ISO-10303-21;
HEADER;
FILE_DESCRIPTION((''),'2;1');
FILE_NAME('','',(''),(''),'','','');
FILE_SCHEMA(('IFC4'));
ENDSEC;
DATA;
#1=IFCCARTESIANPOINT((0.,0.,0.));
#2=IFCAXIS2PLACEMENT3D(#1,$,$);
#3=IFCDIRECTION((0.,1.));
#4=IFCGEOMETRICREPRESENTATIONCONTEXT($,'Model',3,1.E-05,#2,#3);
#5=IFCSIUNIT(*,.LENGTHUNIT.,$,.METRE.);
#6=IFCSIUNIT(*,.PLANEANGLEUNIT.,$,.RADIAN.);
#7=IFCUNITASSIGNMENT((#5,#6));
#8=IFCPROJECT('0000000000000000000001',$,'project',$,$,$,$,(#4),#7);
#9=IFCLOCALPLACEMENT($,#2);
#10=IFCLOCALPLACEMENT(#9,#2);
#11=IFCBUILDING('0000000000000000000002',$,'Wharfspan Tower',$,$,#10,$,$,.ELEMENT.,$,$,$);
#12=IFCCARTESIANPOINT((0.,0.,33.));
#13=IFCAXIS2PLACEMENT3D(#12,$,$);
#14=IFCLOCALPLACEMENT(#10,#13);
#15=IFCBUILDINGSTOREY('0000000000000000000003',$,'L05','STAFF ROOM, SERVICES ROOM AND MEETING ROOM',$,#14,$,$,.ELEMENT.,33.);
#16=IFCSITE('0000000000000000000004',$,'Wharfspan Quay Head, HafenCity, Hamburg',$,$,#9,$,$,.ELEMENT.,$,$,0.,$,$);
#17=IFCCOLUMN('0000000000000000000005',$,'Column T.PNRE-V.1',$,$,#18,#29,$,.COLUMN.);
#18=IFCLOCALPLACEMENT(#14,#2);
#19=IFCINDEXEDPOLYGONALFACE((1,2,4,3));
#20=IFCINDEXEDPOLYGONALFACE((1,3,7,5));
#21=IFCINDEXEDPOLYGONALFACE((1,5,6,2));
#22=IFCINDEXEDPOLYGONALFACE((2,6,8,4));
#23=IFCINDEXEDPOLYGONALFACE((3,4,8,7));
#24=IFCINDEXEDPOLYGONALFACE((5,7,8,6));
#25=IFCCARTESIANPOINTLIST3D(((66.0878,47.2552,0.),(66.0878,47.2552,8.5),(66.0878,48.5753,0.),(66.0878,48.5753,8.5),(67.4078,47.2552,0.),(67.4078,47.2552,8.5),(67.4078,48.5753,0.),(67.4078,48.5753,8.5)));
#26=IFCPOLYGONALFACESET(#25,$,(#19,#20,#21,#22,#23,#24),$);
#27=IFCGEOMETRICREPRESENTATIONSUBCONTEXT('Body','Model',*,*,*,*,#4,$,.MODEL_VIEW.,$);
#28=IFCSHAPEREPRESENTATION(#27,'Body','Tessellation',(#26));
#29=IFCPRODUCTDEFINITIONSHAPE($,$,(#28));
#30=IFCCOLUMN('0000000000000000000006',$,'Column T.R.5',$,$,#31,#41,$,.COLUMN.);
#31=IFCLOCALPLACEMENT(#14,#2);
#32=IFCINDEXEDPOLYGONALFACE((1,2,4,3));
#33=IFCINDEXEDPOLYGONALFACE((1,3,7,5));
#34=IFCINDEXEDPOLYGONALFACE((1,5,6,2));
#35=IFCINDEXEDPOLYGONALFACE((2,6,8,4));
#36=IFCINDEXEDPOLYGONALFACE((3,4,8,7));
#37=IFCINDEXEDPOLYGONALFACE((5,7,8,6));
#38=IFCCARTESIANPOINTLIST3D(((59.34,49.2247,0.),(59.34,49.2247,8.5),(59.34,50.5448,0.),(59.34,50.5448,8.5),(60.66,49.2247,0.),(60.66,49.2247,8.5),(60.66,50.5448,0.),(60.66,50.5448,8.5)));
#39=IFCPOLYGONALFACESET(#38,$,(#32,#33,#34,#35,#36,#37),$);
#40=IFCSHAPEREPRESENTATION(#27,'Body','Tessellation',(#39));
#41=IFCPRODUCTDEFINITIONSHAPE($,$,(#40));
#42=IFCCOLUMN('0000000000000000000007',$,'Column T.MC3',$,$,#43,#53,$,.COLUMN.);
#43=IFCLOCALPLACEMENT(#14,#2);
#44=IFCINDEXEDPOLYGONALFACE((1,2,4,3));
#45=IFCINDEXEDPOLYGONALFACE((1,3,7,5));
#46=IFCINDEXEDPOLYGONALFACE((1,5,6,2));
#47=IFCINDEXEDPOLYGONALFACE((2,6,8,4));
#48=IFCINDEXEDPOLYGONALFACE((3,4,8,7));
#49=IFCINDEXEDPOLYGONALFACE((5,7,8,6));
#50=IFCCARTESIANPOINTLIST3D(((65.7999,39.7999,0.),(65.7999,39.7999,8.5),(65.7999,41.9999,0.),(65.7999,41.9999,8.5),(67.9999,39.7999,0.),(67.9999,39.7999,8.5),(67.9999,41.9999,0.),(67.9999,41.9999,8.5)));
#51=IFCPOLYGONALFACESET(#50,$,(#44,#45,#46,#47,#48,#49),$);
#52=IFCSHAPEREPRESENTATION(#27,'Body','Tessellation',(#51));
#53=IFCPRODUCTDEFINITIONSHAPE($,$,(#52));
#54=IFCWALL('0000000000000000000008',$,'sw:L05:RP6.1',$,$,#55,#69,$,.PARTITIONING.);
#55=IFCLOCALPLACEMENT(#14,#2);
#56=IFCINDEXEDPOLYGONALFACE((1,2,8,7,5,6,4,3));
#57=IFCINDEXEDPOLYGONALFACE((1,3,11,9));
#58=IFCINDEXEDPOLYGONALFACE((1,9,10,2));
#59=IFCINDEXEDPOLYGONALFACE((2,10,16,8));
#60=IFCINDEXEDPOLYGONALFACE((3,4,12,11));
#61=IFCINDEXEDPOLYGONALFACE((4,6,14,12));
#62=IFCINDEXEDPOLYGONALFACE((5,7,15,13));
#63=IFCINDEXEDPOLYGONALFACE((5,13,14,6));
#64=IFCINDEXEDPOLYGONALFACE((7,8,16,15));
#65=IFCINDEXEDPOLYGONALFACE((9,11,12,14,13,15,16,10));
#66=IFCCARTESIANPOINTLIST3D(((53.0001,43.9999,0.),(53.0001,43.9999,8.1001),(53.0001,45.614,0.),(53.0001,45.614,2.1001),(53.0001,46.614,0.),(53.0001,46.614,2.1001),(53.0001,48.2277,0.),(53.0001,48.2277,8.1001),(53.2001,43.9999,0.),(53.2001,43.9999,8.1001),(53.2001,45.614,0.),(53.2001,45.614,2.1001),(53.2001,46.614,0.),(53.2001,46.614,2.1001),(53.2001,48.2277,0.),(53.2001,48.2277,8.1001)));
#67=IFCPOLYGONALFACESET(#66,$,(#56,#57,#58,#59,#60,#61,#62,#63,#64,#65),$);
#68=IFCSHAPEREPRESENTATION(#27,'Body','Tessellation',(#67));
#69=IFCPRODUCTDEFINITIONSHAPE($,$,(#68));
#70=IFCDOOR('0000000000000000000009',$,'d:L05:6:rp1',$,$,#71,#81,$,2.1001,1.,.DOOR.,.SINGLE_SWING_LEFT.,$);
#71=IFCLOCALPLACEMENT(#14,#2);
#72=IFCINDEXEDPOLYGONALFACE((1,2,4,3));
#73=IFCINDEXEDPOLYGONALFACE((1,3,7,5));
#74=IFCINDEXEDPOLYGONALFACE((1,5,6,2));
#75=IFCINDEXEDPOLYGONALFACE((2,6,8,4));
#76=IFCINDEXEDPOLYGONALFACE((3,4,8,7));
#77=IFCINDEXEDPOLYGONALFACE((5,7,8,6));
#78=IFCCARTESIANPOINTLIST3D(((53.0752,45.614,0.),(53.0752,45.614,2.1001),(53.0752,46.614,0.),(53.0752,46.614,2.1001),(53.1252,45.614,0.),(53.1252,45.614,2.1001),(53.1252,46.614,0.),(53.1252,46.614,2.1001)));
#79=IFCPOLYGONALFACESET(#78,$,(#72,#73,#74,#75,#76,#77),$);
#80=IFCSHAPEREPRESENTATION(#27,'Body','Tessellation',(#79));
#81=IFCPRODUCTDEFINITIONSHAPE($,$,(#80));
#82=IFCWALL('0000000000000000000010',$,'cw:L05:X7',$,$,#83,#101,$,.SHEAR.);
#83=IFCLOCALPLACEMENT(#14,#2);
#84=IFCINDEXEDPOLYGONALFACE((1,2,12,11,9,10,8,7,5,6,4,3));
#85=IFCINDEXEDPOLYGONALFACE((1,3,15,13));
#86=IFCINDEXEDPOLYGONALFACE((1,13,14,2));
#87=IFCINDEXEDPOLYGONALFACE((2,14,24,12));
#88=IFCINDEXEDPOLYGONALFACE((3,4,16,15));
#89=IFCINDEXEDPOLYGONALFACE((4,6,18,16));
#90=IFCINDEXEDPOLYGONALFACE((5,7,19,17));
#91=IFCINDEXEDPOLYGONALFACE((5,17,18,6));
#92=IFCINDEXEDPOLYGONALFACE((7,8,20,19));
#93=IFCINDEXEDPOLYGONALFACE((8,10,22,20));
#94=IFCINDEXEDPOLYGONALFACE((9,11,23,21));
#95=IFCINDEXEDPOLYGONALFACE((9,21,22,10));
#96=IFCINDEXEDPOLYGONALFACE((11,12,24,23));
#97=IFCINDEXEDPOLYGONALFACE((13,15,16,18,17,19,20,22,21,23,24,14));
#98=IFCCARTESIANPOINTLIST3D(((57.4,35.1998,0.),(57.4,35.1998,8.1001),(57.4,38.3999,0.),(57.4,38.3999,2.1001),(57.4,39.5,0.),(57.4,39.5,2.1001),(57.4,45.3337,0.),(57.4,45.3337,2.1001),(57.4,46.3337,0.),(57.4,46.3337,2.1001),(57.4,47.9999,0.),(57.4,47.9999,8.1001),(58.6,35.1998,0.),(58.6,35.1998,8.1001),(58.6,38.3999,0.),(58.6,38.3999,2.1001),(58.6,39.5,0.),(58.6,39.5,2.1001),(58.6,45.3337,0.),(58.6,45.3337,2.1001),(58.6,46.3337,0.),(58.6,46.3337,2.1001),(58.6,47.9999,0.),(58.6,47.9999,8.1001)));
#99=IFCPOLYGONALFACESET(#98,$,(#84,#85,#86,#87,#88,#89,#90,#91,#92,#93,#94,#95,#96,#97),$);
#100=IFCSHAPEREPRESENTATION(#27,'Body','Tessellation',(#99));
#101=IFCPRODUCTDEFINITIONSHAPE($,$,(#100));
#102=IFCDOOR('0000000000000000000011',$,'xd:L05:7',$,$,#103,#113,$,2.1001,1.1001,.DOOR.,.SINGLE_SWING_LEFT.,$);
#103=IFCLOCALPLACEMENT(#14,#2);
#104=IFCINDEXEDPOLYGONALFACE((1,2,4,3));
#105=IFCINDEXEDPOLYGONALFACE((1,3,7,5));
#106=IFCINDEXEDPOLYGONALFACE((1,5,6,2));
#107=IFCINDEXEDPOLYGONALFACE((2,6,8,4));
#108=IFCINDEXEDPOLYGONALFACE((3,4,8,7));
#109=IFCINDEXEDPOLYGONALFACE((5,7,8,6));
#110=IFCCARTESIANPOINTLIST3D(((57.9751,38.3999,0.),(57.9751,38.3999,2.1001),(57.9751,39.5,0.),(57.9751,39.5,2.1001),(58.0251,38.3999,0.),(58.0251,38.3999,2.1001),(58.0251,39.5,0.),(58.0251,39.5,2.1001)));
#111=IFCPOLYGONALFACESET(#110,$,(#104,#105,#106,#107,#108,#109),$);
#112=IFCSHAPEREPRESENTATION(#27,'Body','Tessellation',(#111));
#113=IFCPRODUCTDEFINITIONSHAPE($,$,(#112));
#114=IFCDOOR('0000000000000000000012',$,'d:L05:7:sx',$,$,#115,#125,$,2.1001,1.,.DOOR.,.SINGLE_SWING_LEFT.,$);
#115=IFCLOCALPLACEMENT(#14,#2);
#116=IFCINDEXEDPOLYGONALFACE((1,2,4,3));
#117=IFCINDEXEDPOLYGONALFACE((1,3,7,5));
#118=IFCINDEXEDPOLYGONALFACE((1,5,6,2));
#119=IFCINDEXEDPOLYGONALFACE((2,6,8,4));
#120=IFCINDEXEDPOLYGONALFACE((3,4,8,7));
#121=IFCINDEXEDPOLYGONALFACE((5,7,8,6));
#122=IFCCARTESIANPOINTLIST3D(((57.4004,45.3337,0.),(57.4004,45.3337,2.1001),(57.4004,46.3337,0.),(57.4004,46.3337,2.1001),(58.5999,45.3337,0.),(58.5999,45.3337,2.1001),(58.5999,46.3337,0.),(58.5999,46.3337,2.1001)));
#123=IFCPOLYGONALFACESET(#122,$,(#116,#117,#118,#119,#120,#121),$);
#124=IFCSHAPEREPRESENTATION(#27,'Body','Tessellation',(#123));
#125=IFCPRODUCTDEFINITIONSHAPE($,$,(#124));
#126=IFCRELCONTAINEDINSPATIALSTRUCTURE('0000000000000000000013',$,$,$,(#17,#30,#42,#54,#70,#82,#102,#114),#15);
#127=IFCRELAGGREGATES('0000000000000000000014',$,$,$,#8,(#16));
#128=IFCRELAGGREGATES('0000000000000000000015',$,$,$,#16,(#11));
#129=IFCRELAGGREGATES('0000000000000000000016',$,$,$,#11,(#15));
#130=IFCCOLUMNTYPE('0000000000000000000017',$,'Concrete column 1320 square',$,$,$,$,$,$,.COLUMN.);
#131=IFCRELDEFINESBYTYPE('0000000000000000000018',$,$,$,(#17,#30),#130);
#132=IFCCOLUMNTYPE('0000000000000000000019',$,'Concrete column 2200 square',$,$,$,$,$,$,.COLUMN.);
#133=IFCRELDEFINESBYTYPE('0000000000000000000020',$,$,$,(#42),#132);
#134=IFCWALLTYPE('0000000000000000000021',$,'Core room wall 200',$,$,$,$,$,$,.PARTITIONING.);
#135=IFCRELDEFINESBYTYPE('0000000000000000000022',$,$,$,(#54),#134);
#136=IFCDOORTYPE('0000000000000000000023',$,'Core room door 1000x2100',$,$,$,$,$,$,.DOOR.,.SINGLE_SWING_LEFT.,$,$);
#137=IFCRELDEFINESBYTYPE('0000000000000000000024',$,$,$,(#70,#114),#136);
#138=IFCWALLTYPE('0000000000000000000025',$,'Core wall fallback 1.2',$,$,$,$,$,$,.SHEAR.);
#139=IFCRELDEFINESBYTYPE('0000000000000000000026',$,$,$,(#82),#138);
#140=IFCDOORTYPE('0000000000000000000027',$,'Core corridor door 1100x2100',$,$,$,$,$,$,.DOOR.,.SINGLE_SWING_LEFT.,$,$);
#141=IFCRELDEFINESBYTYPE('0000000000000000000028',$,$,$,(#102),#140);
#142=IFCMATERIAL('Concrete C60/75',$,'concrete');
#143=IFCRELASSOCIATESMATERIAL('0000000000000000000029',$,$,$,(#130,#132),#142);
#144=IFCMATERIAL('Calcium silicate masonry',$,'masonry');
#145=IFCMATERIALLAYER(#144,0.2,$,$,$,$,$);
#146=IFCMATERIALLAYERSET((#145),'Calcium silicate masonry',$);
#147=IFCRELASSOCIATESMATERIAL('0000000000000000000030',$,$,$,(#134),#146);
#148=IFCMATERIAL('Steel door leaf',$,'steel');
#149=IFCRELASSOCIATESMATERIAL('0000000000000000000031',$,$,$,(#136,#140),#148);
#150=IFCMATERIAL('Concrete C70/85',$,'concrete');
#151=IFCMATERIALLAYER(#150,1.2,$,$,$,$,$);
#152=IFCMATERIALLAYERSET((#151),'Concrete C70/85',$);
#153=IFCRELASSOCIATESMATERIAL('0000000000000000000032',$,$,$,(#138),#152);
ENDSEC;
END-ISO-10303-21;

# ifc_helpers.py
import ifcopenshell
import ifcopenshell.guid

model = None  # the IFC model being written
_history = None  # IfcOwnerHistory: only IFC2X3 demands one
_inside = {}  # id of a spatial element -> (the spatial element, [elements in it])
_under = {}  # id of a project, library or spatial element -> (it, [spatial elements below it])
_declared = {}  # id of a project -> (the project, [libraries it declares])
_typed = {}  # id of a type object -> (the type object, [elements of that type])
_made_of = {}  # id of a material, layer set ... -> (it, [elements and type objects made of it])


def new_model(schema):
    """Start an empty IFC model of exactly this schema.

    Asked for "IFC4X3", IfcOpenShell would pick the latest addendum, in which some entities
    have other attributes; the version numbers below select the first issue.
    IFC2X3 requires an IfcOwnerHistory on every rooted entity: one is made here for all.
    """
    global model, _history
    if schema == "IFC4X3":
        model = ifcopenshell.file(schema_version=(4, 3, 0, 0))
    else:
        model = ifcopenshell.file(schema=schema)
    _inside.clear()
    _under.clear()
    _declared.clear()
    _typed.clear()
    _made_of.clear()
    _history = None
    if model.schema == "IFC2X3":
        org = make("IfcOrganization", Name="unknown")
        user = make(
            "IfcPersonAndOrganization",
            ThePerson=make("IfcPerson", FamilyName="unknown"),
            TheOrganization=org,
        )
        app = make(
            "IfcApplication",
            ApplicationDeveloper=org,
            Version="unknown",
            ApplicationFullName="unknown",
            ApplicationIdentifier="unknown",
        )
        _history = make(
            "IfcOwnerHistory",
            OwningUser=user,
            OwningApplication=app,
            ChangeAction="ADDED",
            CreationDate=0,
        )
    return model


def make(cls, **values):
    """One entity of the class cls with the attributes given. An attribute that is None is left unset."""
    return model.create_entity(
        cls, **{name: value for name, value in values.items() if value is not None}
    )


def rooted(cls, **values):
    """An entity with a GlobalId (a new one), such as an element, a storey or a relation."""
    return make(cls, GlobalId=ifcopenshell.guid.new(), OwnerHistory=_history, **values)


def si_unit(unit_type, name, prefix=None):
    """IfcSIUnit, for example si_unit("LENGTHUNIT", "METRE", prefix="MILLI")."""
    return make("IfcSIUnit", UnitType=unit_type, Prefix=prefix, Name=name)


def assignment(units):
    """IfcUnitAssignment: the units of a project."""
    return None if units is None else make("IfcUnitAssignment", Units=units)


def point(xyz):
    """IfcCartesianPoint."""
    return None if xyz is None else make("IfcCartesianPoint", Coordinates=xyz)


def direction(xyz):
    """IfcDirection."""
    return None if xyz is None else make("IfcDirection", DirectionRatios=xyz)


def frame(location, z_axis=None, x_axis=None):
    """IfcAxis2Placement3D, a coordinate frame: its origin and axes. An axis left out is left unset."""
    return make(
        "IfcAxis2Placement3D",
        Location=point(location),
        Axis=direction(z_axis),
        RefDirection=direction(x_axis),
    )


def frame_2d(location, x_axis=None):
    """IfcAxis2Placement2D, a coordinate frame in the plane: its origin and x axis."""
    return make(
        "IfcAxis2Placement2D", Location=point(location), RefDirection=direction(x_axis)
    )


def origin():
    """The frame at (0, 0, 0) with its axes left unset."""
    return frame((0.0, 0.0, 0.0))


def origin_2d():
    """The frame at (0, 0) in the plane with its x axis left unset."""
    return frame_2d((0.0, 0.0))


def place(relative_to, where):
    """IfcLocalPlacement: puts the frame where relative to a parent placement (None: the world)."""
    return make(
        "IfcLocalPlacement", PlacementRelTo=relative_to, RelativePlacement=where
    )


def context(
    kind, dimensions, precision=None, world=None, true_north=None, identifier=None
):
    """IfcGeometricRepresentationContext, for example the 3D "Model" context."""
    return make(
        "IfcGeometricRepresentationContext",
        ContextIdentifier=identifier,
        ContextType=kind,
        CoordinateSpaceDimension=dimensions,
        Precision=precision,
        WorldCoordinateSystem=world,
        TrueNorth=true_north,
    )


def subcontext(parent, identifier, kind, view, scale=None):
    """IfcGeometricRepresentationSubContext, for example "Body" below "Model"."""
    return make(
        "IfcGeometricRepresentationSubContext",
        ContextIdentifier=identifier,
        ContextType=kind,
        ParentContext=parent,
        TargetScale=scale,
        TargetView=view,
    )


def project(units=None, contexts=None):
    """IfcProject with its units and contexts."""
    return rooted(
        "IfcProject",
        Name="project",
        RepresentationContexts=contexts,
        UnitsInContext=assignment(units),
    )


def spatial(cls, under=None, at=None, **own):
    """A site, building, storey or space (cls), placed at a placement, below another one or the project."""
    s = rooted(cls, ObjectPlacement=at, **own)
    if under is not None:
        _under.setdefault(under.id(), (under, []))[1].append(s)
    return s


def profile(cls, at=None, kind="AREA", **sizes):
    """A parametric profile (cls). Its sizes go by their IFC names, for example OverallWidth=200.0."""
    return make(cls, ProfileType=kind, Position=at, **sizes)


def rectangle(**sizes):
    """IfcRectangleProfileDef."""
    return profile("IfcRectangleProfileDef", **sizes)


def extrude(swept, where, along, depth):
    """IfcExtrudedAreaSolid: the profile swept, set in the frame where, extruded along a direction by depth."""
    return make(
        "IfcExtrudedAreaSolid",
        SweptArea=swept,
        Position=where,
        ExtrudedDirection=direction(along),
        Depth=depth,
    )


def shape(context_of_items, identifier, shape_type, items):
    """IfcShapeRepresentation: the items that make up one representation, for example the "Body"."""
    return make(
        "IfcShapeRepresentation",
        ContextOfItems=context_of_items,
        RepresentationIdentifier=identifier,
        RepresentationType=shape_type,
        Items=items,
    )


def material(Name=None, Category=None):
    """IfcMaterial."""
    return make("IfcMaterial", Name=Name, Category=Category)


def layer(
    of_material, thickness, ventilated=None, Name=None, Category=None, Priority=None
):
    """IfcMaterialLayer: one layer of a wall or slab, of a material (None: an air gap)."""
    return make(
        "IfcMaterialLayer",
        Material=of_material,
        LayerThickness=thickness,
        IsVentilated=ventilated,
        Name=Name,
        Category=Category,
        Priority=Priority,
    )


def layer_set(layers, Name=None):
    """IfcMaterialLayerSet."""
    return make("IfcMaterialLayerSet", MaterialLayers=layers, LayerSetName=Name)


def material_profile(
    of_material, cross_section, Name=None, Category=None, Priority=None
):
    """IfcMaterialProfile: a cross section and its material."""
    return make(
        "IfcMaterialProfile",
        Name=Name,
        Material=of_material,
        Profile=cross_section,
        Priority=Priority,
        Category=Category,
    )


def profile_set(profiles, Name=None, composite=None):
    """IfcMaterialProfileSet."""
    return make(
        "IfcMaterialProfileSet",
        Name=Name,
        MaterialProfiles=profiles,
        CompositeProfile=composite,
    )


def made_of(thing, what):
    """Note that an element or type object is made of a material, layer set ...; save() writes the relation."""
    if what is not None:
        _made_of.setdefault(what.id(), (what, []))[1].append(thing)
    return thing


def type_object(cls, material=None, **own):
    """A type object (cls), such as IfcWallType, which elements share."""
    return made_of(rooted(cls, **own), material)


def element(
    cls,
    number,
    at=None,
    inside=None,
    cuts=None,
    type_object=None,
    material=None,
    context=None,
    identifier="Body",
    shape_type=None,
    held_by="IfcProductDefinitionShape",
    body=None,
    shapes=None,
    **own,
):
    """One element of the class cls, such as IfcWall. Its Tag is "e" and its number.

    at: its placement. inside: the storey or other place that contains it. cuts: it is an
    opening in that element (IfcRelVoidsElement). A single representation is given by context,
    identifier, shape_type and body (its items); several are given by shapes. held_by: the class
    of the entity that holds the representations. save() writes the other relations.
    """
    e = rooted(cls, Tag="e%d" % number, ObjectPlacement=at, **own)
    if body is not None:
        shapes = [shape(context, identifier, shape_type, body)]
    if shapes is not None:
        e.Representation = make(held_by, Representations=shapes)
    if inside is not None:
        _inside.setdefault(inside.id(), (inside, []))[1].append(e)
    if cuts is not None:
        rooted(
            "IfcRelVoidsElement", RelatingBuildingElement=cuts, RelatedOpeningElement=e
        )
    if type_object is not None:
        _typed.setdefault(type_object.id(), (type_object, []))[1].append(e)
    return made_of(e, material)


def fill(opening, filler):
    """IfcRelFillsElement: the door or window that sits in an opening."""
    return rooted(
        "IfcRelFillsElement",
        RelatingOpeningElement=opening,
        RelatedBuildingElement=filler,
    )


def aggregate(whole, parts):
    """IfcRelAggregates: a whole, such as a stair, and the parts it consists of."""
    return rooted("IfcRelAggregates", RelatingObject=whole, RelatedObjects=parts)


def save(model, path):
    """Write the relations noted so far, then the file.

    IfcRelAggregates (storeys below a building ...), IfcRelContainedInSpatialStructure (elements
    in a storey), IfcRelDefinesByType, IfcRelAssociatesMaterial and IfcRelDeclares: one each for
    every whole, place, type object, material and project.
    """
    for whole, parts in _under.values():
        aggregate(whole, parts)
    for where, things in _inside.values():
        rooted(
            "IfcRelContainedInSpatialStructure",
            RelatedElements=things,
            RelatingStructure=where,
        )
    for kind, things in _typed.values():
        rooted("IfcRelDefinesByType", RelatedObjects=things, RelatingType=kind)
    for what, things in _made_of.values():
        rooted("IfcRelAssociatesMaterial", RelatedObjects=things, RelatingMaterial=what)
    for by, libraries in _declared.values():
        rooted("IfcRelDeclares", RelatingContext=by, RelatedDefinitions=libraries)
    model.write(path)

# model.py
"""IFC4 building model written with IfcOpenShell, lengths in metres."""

from ifc_helpers import new_model, si_unit, direction, frame, frame_2d, origin, origin_2d, place, context, subcontext, project, spatial, rectangle, extrude, material, layer, layer_set, material_profile, profile_set, type_object, element, fill, save


model = new_model("IFC4")

# Units and contexts
model_context = context("Model", 3, precision=1e-05, world=origin(), true_north=direction((0.0, 1.0)))
body_context = subcontext(model_context, "Body", "Model", "MODEL_VIEW")
ifc_project = project(units=[si_unit("LENGTHUNIT", "METRE"), si_unit("PLANEANGLEUNIT", "RADIAN")], contexts=[model_context])

# Site, building, storey
site_placement = place(None, origin())
site = spatial("IfcSite", under=ifc_project, at=site_placement, Name="Wharfspan Quay Head, HafenCity, Hamburg", CompositionType="ELEMENT", RefElevation=0.0)
building_placement = place(site_placement, origin())
building = spatial("IfcBuilding", under=site, at=building_placement, Name="Wharfspan Tower", CompositionType="ELEMENT")
storey_placement = place(building_placement, frame((0.0, 0.0, 33.0)))
storey = spatial("IfcBuildingStorey", under=building, at=storey_placement, Name="L05", Description="STAFF ROOM, SERVICES ROOM AND MEETING ROOM", CompositionType="ELEMENT", Elevation=33.0)

# Columns
ifc_material_1 = material(Name="Concrete C60/75", Category="concrete")
ifc_material_profile_1 = material_profile(ifc_material_1, rectangle(XDim=1.3201, YDim=1.3201, at=origin_2d()))
ifc_profile_set_1 = profile_set([ifc_material_profile_1], Name="Concrete C60/75")
column_type_1 = type_object("IfcColumnType", Name="Concrete column 1320 square", PredefinedType="COLUMN", material=ifc_profile_set_1)
for number, where, z_axis, x_axis, name in (
    (1, (66.7478, 47.9153, 0.0), (0.0, 0.0, 1.0), (1.0, 0.0, 0.0), "Column T.PNRE-V.1"),
    (2, (60.0, 49.8848, 0.0), (0.0, 0.0, 1.0), (1.0, 0.0, 0.0), "Column T.R.5"),
):
    element("IfcColumn", number, at=place(storey_placement, frame(where, z_axis=z_axis, x_axis=x_axis)), inside=storey, type_object=column_type_1, Name=name, PredefinedType="COLUMN", context=body_context, shape_type="SweptSolid", body=[
        extrude(rectangle(XDim=1.3201, YDim=1.3201, at=origin_2d()), origin(), (0.0, 0.0, 1.0), 8.5),
    ])
ifc_material_profile_2 = material_profile(ifc_material_1, rectangle(XDim=2.2, YDim=2.2, at=origin_2d()))
ifc_profile_set_2 = profile_set([ifc_material_profile_2], Name="Concrete C60/75")
column_type_2 = type_object("IfcColumnType", Name="Concrete column 2200 square", PredefinedType="COLUMN", material=ifc_profile_set_2)
column_placement = place(storey_placement, frame((66.8999, 40.8999, 0.0), z_axis=(0.0, 0.0, 1.0), x_axis=(1.0, 0.0, 0.0)))
element("IfcColumn", 3, at=column_placement, inside=storey, type_object=column_type_2, Name="Column T.MC3", PredefinedType="COLUMN", context=body_context, shape_type="SweptSolid", body=[
    extrude(rectangle(XDim=2.2, YDim=2.2, at=origin_2d()), origin(), (0.0, 0.0, 1.0), 8.5),
])

# Wall, opening, door
ifc_material_2 = material(Name="Calcium silicate masonry", Category="masonry")
ifc_layer_1 = layer(ifc_material_2, 0.2)
ifc_layer_set_1 = layer_set([ifc_layer_1], Name="Calcium silicate masonry")
wall_type_1 = type_object("IfcWallType", Name="Core room wall 200", PredefinedType="PARTITIONING", material=ifc_layer_set_1)
wall_1_placement = place(storey_placement, frame((53.1001, 44.0, 0.0), z_axis=(0.0, 0.0, 1.0), x_axis=(0.0, 1.0, 0.0)))
wall_1 = element("IfcWall", 4, at=wall_1_placement, inside=storey, type_object=wall_type_1, Name="sw:L05:RP6.1", PredefinedType="PARTITIONING", context=body_context, shape_type="SweptSolid", body=[
    extrude(rectangle(XDim=4.2278, YDim=0.2, at=frame_2d((2.1138, 0.0))), origin(), (0.0, 0.0, 1.0), 8.1001),
])
opening_1_placement = place(wall_1_placement, frame((1.614, 0.0, 0.0)))
opening_1 = element("IfcOpeningElement", 5, at=opening_1_placement, cuts=wall_1, PredefinedType="OPENING", context=body_context, shape_type="SweptSolid", body=[
    extrude(rectangle(XDim=1.0, YDim=2.1001, at=frame_2d((0.5, 1.05))), frame((0.0, 0.1099, 0.0), z_axis=(0.0, -1.0, 0.0), x_axis=(1.0, 0.0, 0.0)), (0.0, 0.0, 1.0), 0.22),
])
ifc_material_3 = material(Name="Steel door leaf", Category="steel")
door_type_1 = type_object("IfcDoorType", Name="Core room door 1000x2100", OperationType="SINGLE_SWING_LEFT", PredefinedType="DOOR", material=ifc_material_3)
door_1_placement = place(opening_1_placement, origin())
door_1 = element("IfcDoor", 6, at=door_1_placement, inside=storey, type_object=door_type_1, Name="d:L05:6:rp1", OperationType="SINGLE_SWING_LEFT", OverallHeight=2.1001, OverallWidth=1.0, PredefinedType="DOOR", context=body_context, shape_type="SweptSolid", body=[
    extrude(rectangle(XDim=1.0, YDim=2.1001, at=frame_2d((0.5, 1.05))), frame((0.0, 0.0249, 0.0), z_axis=(0.0, -1.0, 0.0), x_axis=(1.0, 0.0, 0.0)), (0.0, 0.0, 1.0), 0.05),
])
fill(opening_1, door_1)

# Wall, openings, doors
ifc_material_4 = material(Name="Concrete C70/85", Category="concrete")
ifc_layer_2 = layer(ifc_material_4, 1.2)
ifc_layer_set_2 = layer_set([ifc_layer_2], Name="Concrete C70/85")
wall_type_2 = type_object("IfcWallType", Name="Core wall fallback 1.2", PredefinedType="SHEAR", material=ifc_layer_set_2)
wall_2_placement = place(storey_placement, frame((58.0, 35.2, 0.0), z_axis=(0.0, 0.0, 1.0), x_axis=(0.0, 1.0, 0.0)))
wall_2 = element("IfcWall", 7, at=wall_2_placement, inside=storey, type_object=wall_type_2, Name="cw:L05:X7", PredefinedType="SHEAR", context=body_context, shape_type="SweptSolid", body=[
    extrude(rectangle(XDim=12.8, YDim=1.2, at=frame_2d((6.3999, 0.0))), origin(), (0.0, 0.0, 1.0), 8.1001),
])
opening_2_placement = place(wall_2_placement, frame((10.1338, 0.0, 0.0)))
opening_2 = element("IfcOpeningElement", 8, at=opening_2_placement, cuts=wall_2, PredefinedType="OPENING", context=body_context, shape_type="SweptSolid", body=[
    extrude(rectangle(XDim=1.0, YDim=2.1001, at=frame_2d((0.5, 1.05))), frame((0.0, 0.6099, 0.0), z_axis=(0.0, -1.0, 0.0), x_axis=(1.0, 0.0, 0.0)), (0.0, 0.0, 1.0), 1.22),
])
opening_3_placement = place(wall_2_placement, frame((3.2, 0.0, 0.0)))
opening_3 = element("IfcOpeningElement", 9, at=opening_3_placement, cuts=wall_2, PredefinedType="OPENING", context=body_context, shape_type="SweptSolid", body=[
    extrude(rectangle(XDim=1.1001, YDim=2.1001, at=frame_2d((0.55, 1.05))), frame((0.0, 0.6099, 0.0), z_axis=(0.0, -1.0, 0.0), x_axis=(1.0, 0.0, 0.0)), (0.0, 0.0, 1.0), 1.22),
])
door_type_2 = type_object("IfcDoorType", Name="Core corridor door 1100x2100", OperationType="SINGLE_SWING_LEFT", PredefinedType="DOOR", material=ifc_material_3)
door_2_placement = place(opening_3_placement, origin())
door_2 = element("IfcDoor", 10, at=door_2_placement, inside=storey, type_object=door_type_2, Name="xd:L05:7", OperationType="SINGLE_SWING_LEFT", OverallHeight=2.1001, OverallWidth=1.1001, PredefinedType="DOOR", context=body_context, shape_type="SweptSolid", body=[
    extrude(rectangle(XDim=1.1001, YDim=2.1001, at=frame_2d((0.55, 1.05))), frame((0.0, 0.0249, 0.0), z_axis=(0.0, -1.0, 0.0), x_axis=(1.0, 0.0, 0.0)), (0.0, 0.0, 1.0), 0.05),
])
fill(opening_3, door_2)
door_3_placement = place(opening_2_placement, origin())
door_3 = element("IfcDoor", 11, at=door_3_placement, inside=storey, type_object=door_type_1, Name="d:L05:7:sx", OperationType="SINGLE_SWING_LEFT", OverallHeight=2.1001, OverallWidth=1.0, PredefinedType="DOOR", context=body_context, shape_type="SweptSolid", body=[
    extrude(rectangle(XDim=1.0, YDim=2.1001, at=frame_2d((0.5, 1.05))), frame((0.0, 0.5996, 0.0), z_axis=(0.0, -1.0, 0.0), x_axis=(1.0, 0.0, 0.0)), (0.0, 0.0, 1.0), 1.1995),
])
fill(opening_2, door_3)

save(model, "model.ifc")
